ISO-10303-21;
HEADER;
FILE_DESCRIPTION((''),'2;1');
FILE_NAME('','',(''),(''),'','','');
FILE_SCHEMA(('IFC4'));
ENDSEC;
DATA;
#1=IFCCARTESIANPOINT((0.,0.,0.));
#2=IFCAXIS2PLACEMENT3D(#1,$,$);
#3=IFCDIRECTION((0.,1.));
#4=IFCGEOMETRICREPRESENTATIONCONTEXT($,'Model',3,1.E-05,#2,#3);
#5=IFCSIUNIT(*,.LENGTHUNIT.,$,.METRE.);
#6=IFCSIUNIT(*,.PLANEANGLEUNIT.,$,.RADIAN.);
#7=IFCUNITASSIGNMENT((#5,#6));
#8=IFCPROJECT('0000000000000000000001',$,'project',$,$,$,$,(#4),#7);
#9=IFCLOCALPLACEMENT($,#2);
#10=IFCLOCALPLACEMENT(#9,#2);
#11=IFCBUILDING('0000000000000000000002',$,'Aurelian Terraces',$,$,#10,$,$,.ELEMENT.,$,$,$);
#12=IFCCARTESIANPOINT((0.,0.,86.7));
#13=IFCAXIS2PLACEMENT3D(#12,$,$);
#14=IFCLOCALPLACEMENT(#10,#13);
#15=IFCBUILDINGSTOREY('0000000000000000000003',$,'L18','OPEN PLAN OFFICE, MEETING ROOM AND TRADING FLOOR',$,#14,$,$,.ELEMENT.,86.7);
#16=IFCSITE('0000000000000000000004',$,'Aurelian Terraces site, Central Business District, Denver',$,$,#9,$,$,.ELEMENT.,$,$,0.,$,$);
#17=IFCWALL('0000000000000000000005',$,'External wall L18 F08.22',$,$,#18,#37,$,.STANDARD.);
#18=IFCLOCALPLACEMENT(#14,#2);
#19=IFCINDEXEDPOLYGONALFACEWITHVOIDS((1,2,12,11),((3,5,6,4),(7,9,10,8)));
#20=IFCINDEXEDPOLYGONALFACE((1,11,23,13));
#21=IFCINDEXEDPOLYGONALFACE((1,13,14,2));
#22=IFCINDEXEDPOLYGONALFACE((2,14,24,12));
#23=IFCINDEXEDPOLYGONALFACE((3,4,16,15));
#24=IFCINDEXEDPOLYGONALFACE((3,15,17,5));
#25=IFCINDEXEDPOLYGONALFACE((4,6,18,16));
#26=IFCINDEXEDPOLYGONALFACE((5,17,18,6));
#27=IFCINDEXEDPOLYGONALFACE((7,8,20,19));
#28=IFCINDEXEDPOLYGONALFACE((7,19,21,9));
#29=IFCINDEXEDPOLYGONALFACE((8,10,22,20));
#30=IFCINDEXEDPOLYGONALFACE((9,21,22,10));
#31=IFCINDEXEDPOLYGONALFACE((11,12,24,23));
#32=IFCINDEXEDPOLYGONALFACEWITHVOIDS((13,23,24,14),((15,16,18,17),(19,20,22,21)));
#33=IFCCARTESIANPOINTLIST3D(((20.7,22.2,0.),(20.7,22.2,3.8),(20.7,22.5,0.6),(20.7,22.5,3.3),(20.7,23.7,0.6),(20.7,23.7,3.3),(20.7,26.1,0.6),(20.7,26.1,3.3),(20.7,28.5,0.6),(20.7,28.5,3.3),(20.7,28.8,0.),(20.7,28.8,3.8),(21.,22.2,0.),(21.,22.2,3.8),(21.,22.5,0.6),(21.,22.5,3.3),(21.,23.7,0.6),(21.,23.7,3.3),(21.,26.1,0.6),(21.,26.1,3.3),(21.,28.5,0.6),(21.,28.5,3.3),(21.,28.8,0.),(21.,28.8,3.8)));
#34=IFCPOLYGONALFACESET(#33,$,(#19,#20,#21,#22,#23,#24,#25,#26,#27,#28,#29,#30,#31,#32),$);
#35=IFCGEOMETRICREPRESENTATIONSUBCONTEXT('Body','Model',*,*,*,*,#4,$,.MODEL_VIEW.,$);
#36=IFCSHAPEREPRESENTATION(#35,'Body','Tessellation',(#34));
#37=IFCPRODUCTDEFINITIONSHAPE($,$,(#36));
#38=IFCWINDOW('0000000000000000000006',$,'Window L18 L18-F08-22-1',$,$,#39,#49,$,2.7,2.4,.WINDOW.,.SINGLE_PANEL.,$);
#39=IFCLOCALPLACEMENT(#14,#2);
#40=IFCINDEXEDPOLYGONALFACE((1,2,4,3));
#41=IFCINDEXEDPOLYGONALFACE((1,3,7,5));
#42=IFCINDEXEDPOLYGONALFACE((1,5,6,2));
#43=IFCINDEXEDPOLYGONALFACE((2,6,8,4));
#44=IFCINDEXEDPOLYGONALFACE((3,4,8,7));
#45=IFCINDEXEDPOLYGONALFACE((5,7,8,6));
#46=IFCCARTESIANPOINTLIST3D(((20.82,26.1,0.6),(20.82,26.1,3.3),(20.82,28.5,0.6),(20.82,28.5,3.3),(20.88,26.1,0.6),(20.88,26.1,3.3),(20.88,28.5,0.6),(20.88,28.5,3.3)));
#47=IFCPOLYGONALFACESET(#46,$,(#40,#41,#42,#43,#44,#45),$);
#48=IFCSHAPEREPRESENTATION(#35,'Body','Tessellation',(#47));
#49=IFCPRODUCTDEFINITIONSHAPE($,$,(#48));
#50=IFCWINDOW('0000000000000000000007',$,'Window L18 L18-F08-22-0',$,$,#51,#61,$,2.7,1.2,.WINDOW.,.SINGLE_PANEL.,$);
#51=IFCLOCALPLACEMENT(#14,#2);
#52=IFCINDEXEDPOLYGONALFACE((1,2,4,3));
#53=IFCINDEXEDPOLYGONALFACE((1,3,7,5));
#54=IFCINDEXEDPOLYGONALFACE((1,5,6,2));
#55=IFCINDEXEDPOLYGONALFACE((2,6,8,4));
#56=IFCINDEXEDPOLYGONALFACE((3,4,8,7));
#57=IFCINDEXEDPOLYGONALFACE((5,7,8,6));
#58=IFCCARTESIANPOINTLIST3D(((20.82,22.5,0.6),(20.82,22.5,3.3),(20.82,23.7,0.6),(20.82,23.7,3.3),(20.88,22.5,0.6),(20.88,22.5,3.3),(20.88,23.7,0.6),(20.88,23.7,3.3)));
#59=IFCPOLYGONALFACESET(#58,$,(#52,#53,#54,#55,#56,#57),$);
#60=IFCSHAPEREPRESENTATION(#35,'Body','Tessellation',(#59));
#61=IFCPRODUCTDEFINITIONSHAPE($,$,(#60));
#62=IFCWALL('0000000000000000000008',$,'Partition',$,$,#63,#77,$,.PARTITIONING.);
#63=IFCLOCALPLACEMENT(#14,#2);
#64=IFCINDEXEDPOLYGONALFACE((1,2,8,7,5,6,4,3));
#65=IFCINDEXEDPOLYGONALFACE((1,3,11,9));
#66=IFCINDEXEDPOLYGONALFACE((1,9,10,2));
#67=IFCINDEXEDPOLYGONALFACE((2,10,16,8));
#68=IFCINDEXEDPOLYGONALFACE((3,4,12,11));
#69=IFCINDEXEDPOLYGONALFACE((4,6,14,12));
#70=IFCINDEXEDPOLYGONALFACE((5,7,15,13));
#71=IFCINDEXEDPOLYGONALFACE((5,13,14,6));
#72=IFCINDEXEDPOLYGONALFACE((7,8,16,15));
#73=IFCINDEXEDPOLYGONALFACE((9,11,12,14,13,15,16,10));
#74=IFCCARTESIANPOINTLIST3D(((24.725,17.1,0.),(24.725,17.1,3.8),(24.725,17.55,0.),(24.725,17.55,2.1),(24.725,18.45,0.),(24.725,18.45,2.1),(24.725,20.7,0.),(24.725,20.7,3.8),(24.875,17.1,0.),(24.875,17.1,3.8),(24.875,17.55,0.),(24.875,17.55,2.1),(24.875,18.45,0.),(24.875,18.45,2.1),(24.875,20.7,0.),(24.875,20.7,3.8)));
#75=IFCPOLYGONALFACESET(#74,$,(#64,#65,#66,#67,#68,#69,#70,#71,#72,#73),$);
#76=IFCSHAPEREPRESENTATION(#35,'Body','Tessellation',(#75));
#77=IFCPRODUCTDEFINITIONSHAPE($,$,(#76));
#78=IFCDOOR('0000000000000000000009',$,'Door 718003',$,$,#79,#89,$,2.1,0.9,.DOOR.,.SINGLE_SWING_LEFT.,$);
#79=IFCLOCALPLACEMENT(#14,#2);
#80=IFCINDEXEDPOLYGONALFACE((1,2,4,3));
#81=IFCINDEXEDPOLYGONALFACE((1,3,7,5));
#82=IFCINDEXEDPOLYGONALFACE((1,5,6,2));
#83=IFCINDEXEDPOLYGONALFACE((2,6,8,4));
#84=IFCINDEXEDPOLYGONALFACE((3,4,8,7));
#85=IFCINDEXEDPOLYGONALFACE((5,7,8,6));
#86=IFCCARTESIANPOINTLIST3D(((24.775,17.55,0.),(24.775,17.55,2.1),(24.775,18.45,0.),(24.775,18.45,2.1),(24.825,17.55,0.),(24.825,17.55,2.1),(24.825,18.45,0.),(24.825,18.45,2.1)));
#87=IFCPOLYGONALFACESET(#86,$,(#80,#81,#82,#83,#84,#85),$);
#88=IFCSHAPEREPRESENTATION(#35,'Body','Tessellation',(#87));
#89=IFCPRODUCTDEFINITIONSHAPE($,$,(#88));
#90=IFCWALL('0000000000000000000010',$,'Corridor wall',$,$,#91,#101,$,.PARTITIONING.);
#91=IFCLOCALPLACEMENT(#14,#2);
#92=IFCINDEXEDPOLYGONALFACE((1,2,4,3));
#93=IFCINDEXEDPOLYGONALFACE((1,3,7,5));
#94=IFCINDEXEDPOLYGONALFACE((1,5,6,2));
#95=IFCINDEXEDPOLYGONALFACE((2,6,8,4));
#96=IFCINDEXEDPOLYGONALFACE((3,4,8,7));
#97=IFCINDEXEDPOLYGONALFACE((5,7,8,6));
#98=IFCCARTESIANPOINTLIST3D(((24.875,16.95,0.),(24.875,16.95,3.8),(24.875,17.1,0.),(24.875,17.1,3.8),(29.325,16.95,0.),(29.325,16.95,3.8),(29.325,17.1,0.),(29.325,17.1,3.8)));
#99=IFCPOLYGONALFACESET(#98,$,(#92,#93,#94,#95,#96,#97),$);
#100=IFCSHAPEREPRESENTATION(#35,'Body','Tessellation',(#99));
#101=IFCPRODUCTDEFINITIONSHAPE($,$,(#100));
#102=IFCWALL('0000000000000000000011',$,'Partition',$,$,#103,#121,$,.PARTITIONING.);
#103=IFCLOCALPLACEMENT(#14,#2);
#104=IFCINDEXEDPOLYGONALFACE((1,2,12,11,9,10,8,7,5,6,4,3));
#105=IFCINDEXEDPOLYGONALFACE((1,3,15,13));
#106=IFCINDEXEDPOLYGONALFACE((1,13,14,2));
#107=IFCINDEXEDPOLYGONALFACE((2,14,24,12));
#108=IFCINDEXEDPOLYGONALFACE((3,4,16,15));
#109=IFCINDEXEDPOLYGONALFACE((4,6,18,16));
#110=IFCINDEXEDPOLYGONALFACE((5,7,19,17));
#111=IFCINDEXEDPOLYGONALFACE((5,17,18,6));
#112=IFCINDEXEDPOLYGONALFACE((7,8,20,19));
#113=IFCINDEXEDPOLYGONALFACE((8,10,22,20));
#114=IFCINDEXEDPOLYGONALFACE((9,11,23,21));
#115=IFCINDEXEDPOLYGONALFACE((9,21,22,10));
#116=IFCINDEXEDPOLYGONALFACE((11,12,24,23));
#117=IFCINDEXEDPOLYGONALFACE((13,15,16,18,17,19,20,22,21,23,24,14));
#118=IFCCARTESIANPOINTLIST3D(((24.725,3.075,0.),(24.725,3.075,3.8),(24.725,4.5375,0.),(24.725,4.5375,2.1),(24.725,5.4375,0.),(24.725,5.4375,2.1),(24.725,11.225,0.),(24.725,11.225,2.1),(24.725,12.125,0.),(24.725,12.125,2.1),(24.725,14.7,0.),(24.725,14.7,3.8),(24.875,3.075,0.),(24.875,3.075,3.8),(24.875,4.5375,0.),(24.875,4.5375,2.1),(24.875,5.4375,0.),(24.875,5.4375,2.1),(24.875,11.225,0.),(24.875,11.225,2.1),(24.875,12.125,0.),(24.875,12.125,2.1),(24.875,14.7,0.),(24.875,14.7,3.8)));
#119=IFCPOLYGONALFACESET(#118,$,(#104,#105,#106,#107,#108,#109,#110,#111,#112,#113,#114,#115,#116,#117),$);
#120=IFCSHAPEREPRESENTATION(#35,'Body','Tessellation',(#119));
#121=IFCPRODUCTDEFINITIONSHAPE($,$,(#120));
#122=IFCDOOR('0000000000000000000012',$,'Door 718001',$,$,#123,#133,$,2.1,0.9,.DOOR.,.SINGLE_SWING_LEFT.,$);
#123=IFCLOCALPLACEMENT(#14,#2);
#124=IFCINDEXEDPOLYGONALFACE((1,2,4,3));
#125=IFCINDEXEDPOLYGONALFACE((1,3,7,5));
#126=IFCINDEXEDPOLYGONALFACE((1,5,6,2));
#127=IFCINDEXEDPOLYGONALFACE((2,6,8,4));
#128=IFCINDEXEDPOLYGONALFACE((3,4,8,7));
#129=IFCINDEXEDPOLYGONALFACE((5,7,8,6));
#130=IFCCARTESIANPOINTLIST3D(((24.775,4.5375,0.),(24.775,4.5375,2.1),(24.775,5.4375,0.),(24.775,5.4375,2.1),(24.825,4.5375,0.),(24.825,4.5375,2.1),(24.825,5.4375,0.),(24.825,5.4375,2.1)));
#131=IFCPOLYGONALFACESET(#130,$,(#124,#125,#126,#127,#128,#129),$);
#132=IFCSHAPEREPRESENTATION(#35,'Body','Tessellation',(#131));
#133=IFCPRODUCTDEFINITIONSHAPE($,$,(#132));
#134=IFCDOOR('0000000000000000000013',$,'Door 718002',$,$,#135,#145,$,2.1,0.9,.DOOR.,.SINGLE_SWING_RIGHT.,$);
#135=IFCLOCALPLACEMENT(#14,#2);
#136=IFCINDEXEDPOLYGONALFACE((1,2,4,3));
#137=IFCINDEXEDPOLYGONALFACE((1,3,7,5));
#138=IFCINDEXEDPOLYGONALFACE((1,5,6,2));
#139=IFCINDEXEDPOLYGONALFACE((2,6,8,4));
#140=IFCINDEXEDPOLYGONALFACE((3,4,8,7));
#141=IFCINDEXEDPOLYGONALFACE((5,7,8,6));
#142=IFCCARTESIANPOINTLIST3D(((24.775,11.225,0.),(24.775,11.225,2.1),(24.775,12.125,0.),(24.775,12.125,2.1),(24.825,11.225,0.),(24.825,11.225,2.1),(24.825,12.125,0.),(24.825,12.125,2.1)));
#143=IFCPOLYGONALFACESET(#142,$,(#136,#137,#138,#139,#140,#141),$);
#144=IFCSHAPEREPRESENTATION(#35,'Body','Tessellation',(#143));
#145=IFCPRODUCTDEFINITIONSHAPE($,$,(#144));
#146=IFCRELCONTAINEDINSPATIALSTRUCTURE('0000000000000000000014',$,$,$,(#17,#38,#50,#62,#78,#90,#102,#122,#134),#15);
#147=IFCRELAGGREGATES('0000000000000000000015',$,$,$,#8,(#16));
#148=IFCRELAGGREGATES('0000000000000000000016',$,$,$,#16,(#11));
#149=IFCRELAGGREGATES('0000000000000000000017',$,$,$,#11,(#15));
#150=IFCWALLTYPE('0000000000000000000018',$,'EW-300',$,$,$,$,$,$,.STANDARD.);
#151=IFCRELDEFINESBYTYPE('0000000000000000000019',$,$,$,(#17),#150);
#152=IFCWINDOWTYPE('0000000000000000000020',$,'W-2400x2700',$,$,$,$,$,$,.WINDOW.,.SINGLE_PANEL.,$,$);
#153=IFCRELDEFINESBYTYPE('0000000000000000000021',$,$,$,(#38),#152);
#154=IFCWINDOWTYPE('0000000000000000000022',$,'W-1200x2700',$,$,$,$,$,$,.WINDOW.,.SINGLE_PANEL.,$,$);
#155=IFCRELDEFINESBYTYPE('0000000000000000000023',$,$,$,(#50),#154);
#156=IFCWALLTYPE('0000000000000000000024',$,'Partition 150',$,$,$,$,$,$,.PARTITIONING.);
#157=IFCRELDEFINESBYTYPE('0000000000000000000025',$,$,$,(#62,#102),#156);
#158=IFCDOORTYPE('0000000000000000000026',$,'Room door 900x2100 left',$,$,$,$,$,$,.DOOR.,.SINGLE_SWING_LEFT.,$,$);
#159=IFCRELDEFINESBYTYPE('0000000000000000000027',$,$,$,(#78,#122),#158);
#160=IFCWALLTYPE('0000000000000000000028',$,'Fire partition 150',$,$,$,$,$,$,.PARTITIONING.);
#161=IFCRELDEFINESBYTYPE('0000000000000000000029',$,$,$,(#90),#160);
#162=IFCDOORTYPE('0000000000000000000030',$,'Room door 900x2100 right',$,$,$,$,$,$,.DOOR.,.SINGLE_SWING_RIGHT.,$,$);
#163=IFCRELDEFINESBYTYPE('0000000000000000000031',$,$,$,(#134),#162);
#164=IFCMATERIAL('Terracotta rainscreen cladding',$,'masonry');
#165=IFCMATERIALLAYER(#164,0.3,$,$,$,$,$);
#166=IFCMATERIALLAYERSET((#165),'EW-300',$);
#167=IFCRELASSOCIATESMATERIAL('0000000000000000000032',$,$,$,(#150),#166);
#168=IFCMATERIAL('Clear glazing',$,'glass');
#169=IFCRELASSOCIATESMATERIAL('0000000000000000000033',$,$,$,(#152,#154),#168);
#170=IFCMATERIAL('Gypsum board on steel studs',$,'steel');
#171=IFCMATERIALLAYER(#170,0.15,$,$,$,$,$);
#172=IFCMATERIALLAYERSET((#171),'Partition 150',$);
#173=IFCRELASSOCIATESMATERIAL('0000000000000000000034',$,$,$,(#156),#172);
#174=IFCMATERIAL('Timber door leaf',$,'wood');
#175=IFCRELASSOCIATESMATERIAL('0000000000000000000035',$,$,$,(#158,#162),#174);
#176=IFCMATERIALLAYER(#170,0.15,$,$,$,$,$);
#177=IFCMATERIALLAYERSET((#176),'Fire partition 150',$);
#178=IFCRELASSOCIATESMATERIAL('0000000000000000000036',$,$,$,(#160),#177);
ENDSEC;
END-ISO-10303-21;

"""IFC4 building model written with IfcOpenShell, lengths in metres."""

from ifc_helpers import new_model, si_unit, direction, frame, frame_2d, origin, place, context, subcontext, project, spatial, rectangle, extrude, source, transform, mapped, material, layer, layer_set, type_object, element, fill, save


model = new_model("IFC4")

# Units and contexts
model_context = context("Model", 3, precision=1e-05, world=origin(), true_north=direction((0.0, 1.0)))
body_context = subcontext(model_context, "Body", "Model", "MODEL_VIEW")
ifc_project = project(units=[si_unit("LENGTHUNIT", "METRE"), si_unit("PLANEANGLEUNIT", "RADIAN")], contexts=[model_context])

# Site, building, storey
site_placement = place(None, origin())
site = spatial("IfcSite", under=ifc_project, at=site_placement, Name="Aurelian Terraces site, Central Business District, Denver", CompositionType="ELEMENT", RefElevation=0.0)
building_placement = place(site_placement, origin())
building = spatial("IfcBuilding", under=site, at=building_placement, Name="Aurelian Terraces", CompositionType="ELEMENT")
storey_placement = place(building_placement, frame((0.0, 0.0, 86.7)))
storey = spatial("IfcBuildingStorey", under=building, at=storey_placement, Name="L18", Description="OPEN PLAN OFFICE, MEETING ROOM AND TRADING FLOOR", CompositionType="ELEMENT", Elevation=86.7)

# Wall, openings, windows
ifc_material_1 = material(Name="Terracotta rainscreen cladding", Category="masonry")
ifc_layer_1 = layer(ifc_material_1, 0.3)
ifc_layer_set_1 = layer_set([ifc_layer_1], Name="EW-300")
wall_type_1 = type_object("IfcWallType", Name="EW-300", PredefinedType="STANDARD", material=ifc_layer_set_1)
shared_shape_1 = source(origin(), body_context, "Body", "SweptSolid", [
    extrude(rectangle(XDim=6.6, YDim=0.3, at=frame_2d((3.3, 0.0))), origin(), (0.0, 0.0, 1.0), 3.8),
])
wall_1_placement = place(storey_placement, frame((20.85, 22.2, 0.0), z_axis=(0.0, 0.0, 1.0), x_axis=(0.0, 1.0, 0.0)))
wall_1 = element("IfcWall", 1, at=wall_1_placement, inside=storey, type_object=wall_type_1, Name="External wall L18 F08.22", PredefinedType="STANDARD", context=body_context, shape_type="MappedRepresentation", body=[
    mapped(shared_shape_1, transform((0.0, 0.0, 0.0), scale=1.0)),
])
shared_shape_2 = source(origin(), body_context, "Body", "SweptSolid", [
    extrude(rectangle(XDim=1.2, YDim=2.7, at=frame_2d((0.6, 1.35))), frame((0.0, 0.16, 0.0), z_axis=(0.0, -1.0, 0.0), x_axis=(1.0, 0.0, 0.0)), (0.0, 0.0, 1.0), 0.32),
])
opening_1_placement = place(wall_1_placement, frame((0.3, 0.0, 0.6)))
opening_1 = element("IfcOpeningElement", 2, at=opening_1_placement, cuts=wall_1, PredefinedType="OPENING", context=body_context, shape_type="MappedRepresentation", body=[
    mapped(shared_shape_2, transform((0.0, 0.0, 0.0), scale=1.0)),
])
shared_shape_3 = source(origin(), body_context, "Body", "SweptSolid", [
    extrude(rectangle(XDim=2.4, YDim=2.7, at=frame_2d((1.2, 1.35))), frame((0.0, 0.16, 0.0), z_axis=(0.0, -1.0, 0.0), x_axis=(1.0, 0.0, 0.0)), (0.0, 0.0, 1.0), 0.32),
])
opening_2_placement = place(wall_1_placement, frame((3.9, 0.0, 0.6)))
opening_2 = element("IfcOpeningElement", 3, at=opening_2_placement, cuts=wall_1, PredefinedType="OPENING", context=body_context, shape_type="MappedRepresentation", body=[
    mapped(shared_shape_3, transform((0.0, 0.0, 0.0), scale=1.0)),
])
ifc_material_2 = material(Name="Clear glazing", Category="glass")
window_type_1 = type_object("IfcWindowType", Name="W-2400x2700", PartitioningType="SINGLE_PANEL", PredefinedType="WINDOW", material=ifc_material_2)
shared_shape_4 = source(origin(), body_context, "Body", "SweptSolid", [
    extrude(rectangle(XDim=2.4, YDim=2.7, at=frame_2d((1.2, 1.35))), frame((0.0, 0.03, 0.0), z_axis=(0.0, -1.0, 0.0), x_axis=(1.0, 0.0, 0.0)), (0.0, 0.0, 1.0), 0.06),
])
window_1_placement = place(opening_2_placement, origin())
window_1 = element("IfcWindow", 4, at=window_1_placement, inside=storey, type_object=window_type_1, Name="Window L18 L18-F08-22-1", OverallHeight=2.7, OverallWidth=2.4, PartitioningType="SINGLE_PANEL", PredefinedType="WINDOW", context=body_context, shape_type="MappedRepresentation", body=[
    mapped(shared_shape_4, transform((0.0, 0.0, 0.0), scale=1.0)),
])
fill(opening_2, window_1)
window_type_2 = type_object("IfcWindowType", Name="W-1200x2700", PartitioningType="SINGLE_PANEL", PredefinedType="WINDOW", material=ifc_material_2)
shared_shape_5 = source(origin(), body_context, "Body", "SweptSolid", [
    extrude(rectangle(XDim=1.2, YDim=2.7, at=frame_2d((0.6, 1.35))), frame((0.0, 0.03, 0.0), z_axis=(0.0, -1.0, 0.0), x_axis=(1.0, 0.0, 0.0)), (0.0, 0.0, 1.0), 0.06),
])
window_2_placement = place(opening_1_placement, origin())
window_2 = element("IfcWindow", 5, at=window_2_placement, inside=storey, type_object=window_type_2, Name="Window L18 L18-F08-22-0", OverallHeight=2.7, OverallWidth=1.2, PartitioningType="SINGLE_PANEL", PredefinedType="WINDOW", context=body_context, shape_type="MappedRepresentation", body=[
    mapped(shared_shape_5, transform((0.0, 0.0, 0.0), scale=1.0)),
])
fill(opening_1, window_2)

# Wall, opening, door
ifc_material_3 = material(Name="Gypsum board on steel studs", Category="steel")
ifc_layer_2 = layer(ifc_material_3, 0.15)
ifc_layer_set_2 = layer_set([ifc_layer_2], Name="Partition 150")
wall_type_2 = type_object("IfcWallType", Name="Partition 150", PredefinedType="PARTITIONING", material=ifc_layer_set_2)
shared_shape_6 = source(origin(), body_context, "Body", "SweptSolid", [
    extrude(rectangle(XDim=3.6, YDim=0.15, at=frame_2d((1.8, 0.0))), origin(), (0.0, 0.0, 1.0), 3.8),
])
wall_2_placement = place(storey_placement, frame((24.8, 20.7, 0.0), z_axis=(0.0, 0.0, 1.0), x_axis=(0.0, -1.0, 0.0)))
wall_2 = element("IfcWall", 6, at=wall_2_placement, inside=storey, type_object=wall_type_2, Name="Partition", PredefinedType="PARTITIONING", context=body_context, shape_type="MappedRepresentation", body=[
    mapped(shared_shape_6, transform((0.0, 0.0, 0.0), scale=1.0)),
])
shared_shape_7 = source(origin(), body_context, "Body", "SweptSolid", [
    extrude(rectangle(XDim=0.9, YDim=2.1, at=frame_2d((0.45, 1.05))), frame((0.0, 0.085, 0.0), z_axis=(0.0, -1.0, 0.0), x_axis=(1.0, 0.0, 0.0)), (0.0, 0.0, 1.0), 0.17),
])
opening_3_placement = place(wall_2_placement, frame((2.25, 0.0, 0.0)))
opening_3 = element("IfcOpeningElement", 7, at=opening_3_placement, cuts=wall_2, PredefinedType="OPENING", context=body_context, shape_type="MappedRepresentation", body=[
    mapped(shared_shape_7, transform((0.0, 0.0, 0.0), scale=1.0)),
])
ifc_material_4 = material(Name="Timber door leaf", Category="wood")
door_type_1 = type_object("IfcDoorType", Name="Room door 900x2100 left", OperationType="SINGLE_SWING_LEFT", PredefinedType="DOOR", material=ifc_material_4)
shared_shape_8 = source(origin(), body_context, "Body", "SweptSolid", [
    extrude(rectangle(XDim=0.9, YDim=2.1, at=frame_2d((0.45, 1.05))), frame((0.0, 0.025, 0.0), z_axis=(0.0, -1.0, 0.0), x_axis=(1.0, 0.0, 0.0)), (0.0, 0.0, 1.0), 0.05),
])
door_1_placement = place(opening_3_placement, origin())
door_1 = element("IfcDoor", 8, at=door_1_placement, inside=storey, type_object=door_type_1, Name="Door 718003", OperationType="SINGLE_SWING_LEFT", OverallHeight=2.1, OverallWidth=0.9, PredefinedType="DOOR", context=body_context, shape_type="MappedRepresentation", body=[
    mapped(shared_shape_8, transform((0.0, 0.0, 0.0), scale=1.0)),
])
fill(opening_3, door_1)

# Wall
ifc_layer_3 = layer(ifc_material_3, 0.15)
ifc_layer_set_3 = layer_set([ifc_layer_3], Name="Fire partition 150")
wall_type_3 = type_object("IfcWallType", Name="Fire partition 150", PredefinedType="PARTITIONING", material=ifc_layer_set_3)
shared_shape_9 = source(origin(), body_context, "Body", "SweptSolid", [
    extrude(rectangle(XDim=4.45, YDim=0.15, at=frame_2d((2.225, 0.0))), origin(), (0.0, 0.0, 1.0), 3.8),
])
wall_3_placement = place(storey_placement, frame((24.875, 17.025, 0.0), z_axis=(0.0, 0.0, 1.0), x_axis=(1.0, 0.0, 0.0)))
element("IfcWall", 9, at=wall_3_placement, inside=storey, type_object=wall_type_3, Name="Corridor wall", PredefinedType="PARTITIONING", context=body_context, shape_type="MappedRepresentation", body=[
    mapped(shared_shape_9, transform((0.0, 0.0, 0.0), scale=1.0)),
])

# Wall, openings, doors
shared_shape_10 = source(origin(), body_context, "Body", "SweptSolid", [
    extrude(rectangle(XDim=11.625, YDim=0.15, at=frame_2d((5.8125, 0.0))), origin(), (0.0, 0.0, 1.0), 3.8),
])
wall_4_placement = place(storey_placement, frame((24.8, 14.7, 0.0), z_axis=(0.0, 0.0, 1.0), x_axis=(0.0, -1.0, 0.0)))
wall_4 = element("IfcWall", 10, at=wall_4_placement, inside=storey, type_object=wall_type_2, Name="Partition", PredefinedType="PARTITIONING", context=body_context, shape_type="MappedRepresentation", body=[
    mapped(shared_shape_10, transform((0.0, 0.0, 0.0), scale=1.0)),
])
opening_4_placement = place(wall_4_placement, frame((9.2625, 0.0, 0.0)))
opening_4 = element("IfcOpeningElement", 11, at=opening_4_placement, cuts=wall_4, PredefinedType="OPENING", context=body_context, shape_type="MappedRepresentation", body=[
    mapped(shared_shape_7, transform((0.0, 0.0, 0.0), scale=1.0)),
])
opening_5_placement = place(wall_4_placement, frame((2.575, 0.0, 0.0)))
opening_5 = element("IfcOpeningElement", 12, at=opening_5_placement, cuts=wall_4, PredefinedType="OPENING", context=body_context, shape_type="MappedRepresentation", body=[
    mapped(shared_shape_7, transform((0.0, 0.0, 0.0), scale=1.0)),
])
door_2_placement = place(opening_4_placement, origin())
door_2 = element("IfcDoor", 13, at=door_2_placement, inside=storey, type_object=door_type_1, Name="Door 718001", OperationType="SINGLE_SWING_LEFT", OverallHeight=2.1, OverallWidth=0.9, PredefinedType="DOOR", context=body_context, shape_type="MappedRepresentation", body=[
    mapped(shared_shape_8, transform((0.0, 0.0, 0.0), scale=1.0)),
])
fill(opening_4, door_2)
door_type_2 = type_object("IfcDoorType", Name="Room door 900x2100 right", OperationType="SINGLE_SWING_RIGHT", PredefinedType="DOOR", material=ifc_material_4)
door_3_placement = place(opening_5_placement, origin())
door_3 = element("IfcDoor", 14, at=door_3_placement, inside=storey, type_object=door_type_2, Name="Door 718002", OperationType="SINGLE_SWING_RIGHT", OverallHeight=2.1, OverallWidth=0.9, PredefinedType="DOOR", context=body_context, shape_type="MappedRepresentation", body=[
    mapped(shared_shape_8, transform((0.0, 0.0, 0.0), scale=1.0)),
])
fill(opening_5, door_3)

save(model, "model.ifc")
